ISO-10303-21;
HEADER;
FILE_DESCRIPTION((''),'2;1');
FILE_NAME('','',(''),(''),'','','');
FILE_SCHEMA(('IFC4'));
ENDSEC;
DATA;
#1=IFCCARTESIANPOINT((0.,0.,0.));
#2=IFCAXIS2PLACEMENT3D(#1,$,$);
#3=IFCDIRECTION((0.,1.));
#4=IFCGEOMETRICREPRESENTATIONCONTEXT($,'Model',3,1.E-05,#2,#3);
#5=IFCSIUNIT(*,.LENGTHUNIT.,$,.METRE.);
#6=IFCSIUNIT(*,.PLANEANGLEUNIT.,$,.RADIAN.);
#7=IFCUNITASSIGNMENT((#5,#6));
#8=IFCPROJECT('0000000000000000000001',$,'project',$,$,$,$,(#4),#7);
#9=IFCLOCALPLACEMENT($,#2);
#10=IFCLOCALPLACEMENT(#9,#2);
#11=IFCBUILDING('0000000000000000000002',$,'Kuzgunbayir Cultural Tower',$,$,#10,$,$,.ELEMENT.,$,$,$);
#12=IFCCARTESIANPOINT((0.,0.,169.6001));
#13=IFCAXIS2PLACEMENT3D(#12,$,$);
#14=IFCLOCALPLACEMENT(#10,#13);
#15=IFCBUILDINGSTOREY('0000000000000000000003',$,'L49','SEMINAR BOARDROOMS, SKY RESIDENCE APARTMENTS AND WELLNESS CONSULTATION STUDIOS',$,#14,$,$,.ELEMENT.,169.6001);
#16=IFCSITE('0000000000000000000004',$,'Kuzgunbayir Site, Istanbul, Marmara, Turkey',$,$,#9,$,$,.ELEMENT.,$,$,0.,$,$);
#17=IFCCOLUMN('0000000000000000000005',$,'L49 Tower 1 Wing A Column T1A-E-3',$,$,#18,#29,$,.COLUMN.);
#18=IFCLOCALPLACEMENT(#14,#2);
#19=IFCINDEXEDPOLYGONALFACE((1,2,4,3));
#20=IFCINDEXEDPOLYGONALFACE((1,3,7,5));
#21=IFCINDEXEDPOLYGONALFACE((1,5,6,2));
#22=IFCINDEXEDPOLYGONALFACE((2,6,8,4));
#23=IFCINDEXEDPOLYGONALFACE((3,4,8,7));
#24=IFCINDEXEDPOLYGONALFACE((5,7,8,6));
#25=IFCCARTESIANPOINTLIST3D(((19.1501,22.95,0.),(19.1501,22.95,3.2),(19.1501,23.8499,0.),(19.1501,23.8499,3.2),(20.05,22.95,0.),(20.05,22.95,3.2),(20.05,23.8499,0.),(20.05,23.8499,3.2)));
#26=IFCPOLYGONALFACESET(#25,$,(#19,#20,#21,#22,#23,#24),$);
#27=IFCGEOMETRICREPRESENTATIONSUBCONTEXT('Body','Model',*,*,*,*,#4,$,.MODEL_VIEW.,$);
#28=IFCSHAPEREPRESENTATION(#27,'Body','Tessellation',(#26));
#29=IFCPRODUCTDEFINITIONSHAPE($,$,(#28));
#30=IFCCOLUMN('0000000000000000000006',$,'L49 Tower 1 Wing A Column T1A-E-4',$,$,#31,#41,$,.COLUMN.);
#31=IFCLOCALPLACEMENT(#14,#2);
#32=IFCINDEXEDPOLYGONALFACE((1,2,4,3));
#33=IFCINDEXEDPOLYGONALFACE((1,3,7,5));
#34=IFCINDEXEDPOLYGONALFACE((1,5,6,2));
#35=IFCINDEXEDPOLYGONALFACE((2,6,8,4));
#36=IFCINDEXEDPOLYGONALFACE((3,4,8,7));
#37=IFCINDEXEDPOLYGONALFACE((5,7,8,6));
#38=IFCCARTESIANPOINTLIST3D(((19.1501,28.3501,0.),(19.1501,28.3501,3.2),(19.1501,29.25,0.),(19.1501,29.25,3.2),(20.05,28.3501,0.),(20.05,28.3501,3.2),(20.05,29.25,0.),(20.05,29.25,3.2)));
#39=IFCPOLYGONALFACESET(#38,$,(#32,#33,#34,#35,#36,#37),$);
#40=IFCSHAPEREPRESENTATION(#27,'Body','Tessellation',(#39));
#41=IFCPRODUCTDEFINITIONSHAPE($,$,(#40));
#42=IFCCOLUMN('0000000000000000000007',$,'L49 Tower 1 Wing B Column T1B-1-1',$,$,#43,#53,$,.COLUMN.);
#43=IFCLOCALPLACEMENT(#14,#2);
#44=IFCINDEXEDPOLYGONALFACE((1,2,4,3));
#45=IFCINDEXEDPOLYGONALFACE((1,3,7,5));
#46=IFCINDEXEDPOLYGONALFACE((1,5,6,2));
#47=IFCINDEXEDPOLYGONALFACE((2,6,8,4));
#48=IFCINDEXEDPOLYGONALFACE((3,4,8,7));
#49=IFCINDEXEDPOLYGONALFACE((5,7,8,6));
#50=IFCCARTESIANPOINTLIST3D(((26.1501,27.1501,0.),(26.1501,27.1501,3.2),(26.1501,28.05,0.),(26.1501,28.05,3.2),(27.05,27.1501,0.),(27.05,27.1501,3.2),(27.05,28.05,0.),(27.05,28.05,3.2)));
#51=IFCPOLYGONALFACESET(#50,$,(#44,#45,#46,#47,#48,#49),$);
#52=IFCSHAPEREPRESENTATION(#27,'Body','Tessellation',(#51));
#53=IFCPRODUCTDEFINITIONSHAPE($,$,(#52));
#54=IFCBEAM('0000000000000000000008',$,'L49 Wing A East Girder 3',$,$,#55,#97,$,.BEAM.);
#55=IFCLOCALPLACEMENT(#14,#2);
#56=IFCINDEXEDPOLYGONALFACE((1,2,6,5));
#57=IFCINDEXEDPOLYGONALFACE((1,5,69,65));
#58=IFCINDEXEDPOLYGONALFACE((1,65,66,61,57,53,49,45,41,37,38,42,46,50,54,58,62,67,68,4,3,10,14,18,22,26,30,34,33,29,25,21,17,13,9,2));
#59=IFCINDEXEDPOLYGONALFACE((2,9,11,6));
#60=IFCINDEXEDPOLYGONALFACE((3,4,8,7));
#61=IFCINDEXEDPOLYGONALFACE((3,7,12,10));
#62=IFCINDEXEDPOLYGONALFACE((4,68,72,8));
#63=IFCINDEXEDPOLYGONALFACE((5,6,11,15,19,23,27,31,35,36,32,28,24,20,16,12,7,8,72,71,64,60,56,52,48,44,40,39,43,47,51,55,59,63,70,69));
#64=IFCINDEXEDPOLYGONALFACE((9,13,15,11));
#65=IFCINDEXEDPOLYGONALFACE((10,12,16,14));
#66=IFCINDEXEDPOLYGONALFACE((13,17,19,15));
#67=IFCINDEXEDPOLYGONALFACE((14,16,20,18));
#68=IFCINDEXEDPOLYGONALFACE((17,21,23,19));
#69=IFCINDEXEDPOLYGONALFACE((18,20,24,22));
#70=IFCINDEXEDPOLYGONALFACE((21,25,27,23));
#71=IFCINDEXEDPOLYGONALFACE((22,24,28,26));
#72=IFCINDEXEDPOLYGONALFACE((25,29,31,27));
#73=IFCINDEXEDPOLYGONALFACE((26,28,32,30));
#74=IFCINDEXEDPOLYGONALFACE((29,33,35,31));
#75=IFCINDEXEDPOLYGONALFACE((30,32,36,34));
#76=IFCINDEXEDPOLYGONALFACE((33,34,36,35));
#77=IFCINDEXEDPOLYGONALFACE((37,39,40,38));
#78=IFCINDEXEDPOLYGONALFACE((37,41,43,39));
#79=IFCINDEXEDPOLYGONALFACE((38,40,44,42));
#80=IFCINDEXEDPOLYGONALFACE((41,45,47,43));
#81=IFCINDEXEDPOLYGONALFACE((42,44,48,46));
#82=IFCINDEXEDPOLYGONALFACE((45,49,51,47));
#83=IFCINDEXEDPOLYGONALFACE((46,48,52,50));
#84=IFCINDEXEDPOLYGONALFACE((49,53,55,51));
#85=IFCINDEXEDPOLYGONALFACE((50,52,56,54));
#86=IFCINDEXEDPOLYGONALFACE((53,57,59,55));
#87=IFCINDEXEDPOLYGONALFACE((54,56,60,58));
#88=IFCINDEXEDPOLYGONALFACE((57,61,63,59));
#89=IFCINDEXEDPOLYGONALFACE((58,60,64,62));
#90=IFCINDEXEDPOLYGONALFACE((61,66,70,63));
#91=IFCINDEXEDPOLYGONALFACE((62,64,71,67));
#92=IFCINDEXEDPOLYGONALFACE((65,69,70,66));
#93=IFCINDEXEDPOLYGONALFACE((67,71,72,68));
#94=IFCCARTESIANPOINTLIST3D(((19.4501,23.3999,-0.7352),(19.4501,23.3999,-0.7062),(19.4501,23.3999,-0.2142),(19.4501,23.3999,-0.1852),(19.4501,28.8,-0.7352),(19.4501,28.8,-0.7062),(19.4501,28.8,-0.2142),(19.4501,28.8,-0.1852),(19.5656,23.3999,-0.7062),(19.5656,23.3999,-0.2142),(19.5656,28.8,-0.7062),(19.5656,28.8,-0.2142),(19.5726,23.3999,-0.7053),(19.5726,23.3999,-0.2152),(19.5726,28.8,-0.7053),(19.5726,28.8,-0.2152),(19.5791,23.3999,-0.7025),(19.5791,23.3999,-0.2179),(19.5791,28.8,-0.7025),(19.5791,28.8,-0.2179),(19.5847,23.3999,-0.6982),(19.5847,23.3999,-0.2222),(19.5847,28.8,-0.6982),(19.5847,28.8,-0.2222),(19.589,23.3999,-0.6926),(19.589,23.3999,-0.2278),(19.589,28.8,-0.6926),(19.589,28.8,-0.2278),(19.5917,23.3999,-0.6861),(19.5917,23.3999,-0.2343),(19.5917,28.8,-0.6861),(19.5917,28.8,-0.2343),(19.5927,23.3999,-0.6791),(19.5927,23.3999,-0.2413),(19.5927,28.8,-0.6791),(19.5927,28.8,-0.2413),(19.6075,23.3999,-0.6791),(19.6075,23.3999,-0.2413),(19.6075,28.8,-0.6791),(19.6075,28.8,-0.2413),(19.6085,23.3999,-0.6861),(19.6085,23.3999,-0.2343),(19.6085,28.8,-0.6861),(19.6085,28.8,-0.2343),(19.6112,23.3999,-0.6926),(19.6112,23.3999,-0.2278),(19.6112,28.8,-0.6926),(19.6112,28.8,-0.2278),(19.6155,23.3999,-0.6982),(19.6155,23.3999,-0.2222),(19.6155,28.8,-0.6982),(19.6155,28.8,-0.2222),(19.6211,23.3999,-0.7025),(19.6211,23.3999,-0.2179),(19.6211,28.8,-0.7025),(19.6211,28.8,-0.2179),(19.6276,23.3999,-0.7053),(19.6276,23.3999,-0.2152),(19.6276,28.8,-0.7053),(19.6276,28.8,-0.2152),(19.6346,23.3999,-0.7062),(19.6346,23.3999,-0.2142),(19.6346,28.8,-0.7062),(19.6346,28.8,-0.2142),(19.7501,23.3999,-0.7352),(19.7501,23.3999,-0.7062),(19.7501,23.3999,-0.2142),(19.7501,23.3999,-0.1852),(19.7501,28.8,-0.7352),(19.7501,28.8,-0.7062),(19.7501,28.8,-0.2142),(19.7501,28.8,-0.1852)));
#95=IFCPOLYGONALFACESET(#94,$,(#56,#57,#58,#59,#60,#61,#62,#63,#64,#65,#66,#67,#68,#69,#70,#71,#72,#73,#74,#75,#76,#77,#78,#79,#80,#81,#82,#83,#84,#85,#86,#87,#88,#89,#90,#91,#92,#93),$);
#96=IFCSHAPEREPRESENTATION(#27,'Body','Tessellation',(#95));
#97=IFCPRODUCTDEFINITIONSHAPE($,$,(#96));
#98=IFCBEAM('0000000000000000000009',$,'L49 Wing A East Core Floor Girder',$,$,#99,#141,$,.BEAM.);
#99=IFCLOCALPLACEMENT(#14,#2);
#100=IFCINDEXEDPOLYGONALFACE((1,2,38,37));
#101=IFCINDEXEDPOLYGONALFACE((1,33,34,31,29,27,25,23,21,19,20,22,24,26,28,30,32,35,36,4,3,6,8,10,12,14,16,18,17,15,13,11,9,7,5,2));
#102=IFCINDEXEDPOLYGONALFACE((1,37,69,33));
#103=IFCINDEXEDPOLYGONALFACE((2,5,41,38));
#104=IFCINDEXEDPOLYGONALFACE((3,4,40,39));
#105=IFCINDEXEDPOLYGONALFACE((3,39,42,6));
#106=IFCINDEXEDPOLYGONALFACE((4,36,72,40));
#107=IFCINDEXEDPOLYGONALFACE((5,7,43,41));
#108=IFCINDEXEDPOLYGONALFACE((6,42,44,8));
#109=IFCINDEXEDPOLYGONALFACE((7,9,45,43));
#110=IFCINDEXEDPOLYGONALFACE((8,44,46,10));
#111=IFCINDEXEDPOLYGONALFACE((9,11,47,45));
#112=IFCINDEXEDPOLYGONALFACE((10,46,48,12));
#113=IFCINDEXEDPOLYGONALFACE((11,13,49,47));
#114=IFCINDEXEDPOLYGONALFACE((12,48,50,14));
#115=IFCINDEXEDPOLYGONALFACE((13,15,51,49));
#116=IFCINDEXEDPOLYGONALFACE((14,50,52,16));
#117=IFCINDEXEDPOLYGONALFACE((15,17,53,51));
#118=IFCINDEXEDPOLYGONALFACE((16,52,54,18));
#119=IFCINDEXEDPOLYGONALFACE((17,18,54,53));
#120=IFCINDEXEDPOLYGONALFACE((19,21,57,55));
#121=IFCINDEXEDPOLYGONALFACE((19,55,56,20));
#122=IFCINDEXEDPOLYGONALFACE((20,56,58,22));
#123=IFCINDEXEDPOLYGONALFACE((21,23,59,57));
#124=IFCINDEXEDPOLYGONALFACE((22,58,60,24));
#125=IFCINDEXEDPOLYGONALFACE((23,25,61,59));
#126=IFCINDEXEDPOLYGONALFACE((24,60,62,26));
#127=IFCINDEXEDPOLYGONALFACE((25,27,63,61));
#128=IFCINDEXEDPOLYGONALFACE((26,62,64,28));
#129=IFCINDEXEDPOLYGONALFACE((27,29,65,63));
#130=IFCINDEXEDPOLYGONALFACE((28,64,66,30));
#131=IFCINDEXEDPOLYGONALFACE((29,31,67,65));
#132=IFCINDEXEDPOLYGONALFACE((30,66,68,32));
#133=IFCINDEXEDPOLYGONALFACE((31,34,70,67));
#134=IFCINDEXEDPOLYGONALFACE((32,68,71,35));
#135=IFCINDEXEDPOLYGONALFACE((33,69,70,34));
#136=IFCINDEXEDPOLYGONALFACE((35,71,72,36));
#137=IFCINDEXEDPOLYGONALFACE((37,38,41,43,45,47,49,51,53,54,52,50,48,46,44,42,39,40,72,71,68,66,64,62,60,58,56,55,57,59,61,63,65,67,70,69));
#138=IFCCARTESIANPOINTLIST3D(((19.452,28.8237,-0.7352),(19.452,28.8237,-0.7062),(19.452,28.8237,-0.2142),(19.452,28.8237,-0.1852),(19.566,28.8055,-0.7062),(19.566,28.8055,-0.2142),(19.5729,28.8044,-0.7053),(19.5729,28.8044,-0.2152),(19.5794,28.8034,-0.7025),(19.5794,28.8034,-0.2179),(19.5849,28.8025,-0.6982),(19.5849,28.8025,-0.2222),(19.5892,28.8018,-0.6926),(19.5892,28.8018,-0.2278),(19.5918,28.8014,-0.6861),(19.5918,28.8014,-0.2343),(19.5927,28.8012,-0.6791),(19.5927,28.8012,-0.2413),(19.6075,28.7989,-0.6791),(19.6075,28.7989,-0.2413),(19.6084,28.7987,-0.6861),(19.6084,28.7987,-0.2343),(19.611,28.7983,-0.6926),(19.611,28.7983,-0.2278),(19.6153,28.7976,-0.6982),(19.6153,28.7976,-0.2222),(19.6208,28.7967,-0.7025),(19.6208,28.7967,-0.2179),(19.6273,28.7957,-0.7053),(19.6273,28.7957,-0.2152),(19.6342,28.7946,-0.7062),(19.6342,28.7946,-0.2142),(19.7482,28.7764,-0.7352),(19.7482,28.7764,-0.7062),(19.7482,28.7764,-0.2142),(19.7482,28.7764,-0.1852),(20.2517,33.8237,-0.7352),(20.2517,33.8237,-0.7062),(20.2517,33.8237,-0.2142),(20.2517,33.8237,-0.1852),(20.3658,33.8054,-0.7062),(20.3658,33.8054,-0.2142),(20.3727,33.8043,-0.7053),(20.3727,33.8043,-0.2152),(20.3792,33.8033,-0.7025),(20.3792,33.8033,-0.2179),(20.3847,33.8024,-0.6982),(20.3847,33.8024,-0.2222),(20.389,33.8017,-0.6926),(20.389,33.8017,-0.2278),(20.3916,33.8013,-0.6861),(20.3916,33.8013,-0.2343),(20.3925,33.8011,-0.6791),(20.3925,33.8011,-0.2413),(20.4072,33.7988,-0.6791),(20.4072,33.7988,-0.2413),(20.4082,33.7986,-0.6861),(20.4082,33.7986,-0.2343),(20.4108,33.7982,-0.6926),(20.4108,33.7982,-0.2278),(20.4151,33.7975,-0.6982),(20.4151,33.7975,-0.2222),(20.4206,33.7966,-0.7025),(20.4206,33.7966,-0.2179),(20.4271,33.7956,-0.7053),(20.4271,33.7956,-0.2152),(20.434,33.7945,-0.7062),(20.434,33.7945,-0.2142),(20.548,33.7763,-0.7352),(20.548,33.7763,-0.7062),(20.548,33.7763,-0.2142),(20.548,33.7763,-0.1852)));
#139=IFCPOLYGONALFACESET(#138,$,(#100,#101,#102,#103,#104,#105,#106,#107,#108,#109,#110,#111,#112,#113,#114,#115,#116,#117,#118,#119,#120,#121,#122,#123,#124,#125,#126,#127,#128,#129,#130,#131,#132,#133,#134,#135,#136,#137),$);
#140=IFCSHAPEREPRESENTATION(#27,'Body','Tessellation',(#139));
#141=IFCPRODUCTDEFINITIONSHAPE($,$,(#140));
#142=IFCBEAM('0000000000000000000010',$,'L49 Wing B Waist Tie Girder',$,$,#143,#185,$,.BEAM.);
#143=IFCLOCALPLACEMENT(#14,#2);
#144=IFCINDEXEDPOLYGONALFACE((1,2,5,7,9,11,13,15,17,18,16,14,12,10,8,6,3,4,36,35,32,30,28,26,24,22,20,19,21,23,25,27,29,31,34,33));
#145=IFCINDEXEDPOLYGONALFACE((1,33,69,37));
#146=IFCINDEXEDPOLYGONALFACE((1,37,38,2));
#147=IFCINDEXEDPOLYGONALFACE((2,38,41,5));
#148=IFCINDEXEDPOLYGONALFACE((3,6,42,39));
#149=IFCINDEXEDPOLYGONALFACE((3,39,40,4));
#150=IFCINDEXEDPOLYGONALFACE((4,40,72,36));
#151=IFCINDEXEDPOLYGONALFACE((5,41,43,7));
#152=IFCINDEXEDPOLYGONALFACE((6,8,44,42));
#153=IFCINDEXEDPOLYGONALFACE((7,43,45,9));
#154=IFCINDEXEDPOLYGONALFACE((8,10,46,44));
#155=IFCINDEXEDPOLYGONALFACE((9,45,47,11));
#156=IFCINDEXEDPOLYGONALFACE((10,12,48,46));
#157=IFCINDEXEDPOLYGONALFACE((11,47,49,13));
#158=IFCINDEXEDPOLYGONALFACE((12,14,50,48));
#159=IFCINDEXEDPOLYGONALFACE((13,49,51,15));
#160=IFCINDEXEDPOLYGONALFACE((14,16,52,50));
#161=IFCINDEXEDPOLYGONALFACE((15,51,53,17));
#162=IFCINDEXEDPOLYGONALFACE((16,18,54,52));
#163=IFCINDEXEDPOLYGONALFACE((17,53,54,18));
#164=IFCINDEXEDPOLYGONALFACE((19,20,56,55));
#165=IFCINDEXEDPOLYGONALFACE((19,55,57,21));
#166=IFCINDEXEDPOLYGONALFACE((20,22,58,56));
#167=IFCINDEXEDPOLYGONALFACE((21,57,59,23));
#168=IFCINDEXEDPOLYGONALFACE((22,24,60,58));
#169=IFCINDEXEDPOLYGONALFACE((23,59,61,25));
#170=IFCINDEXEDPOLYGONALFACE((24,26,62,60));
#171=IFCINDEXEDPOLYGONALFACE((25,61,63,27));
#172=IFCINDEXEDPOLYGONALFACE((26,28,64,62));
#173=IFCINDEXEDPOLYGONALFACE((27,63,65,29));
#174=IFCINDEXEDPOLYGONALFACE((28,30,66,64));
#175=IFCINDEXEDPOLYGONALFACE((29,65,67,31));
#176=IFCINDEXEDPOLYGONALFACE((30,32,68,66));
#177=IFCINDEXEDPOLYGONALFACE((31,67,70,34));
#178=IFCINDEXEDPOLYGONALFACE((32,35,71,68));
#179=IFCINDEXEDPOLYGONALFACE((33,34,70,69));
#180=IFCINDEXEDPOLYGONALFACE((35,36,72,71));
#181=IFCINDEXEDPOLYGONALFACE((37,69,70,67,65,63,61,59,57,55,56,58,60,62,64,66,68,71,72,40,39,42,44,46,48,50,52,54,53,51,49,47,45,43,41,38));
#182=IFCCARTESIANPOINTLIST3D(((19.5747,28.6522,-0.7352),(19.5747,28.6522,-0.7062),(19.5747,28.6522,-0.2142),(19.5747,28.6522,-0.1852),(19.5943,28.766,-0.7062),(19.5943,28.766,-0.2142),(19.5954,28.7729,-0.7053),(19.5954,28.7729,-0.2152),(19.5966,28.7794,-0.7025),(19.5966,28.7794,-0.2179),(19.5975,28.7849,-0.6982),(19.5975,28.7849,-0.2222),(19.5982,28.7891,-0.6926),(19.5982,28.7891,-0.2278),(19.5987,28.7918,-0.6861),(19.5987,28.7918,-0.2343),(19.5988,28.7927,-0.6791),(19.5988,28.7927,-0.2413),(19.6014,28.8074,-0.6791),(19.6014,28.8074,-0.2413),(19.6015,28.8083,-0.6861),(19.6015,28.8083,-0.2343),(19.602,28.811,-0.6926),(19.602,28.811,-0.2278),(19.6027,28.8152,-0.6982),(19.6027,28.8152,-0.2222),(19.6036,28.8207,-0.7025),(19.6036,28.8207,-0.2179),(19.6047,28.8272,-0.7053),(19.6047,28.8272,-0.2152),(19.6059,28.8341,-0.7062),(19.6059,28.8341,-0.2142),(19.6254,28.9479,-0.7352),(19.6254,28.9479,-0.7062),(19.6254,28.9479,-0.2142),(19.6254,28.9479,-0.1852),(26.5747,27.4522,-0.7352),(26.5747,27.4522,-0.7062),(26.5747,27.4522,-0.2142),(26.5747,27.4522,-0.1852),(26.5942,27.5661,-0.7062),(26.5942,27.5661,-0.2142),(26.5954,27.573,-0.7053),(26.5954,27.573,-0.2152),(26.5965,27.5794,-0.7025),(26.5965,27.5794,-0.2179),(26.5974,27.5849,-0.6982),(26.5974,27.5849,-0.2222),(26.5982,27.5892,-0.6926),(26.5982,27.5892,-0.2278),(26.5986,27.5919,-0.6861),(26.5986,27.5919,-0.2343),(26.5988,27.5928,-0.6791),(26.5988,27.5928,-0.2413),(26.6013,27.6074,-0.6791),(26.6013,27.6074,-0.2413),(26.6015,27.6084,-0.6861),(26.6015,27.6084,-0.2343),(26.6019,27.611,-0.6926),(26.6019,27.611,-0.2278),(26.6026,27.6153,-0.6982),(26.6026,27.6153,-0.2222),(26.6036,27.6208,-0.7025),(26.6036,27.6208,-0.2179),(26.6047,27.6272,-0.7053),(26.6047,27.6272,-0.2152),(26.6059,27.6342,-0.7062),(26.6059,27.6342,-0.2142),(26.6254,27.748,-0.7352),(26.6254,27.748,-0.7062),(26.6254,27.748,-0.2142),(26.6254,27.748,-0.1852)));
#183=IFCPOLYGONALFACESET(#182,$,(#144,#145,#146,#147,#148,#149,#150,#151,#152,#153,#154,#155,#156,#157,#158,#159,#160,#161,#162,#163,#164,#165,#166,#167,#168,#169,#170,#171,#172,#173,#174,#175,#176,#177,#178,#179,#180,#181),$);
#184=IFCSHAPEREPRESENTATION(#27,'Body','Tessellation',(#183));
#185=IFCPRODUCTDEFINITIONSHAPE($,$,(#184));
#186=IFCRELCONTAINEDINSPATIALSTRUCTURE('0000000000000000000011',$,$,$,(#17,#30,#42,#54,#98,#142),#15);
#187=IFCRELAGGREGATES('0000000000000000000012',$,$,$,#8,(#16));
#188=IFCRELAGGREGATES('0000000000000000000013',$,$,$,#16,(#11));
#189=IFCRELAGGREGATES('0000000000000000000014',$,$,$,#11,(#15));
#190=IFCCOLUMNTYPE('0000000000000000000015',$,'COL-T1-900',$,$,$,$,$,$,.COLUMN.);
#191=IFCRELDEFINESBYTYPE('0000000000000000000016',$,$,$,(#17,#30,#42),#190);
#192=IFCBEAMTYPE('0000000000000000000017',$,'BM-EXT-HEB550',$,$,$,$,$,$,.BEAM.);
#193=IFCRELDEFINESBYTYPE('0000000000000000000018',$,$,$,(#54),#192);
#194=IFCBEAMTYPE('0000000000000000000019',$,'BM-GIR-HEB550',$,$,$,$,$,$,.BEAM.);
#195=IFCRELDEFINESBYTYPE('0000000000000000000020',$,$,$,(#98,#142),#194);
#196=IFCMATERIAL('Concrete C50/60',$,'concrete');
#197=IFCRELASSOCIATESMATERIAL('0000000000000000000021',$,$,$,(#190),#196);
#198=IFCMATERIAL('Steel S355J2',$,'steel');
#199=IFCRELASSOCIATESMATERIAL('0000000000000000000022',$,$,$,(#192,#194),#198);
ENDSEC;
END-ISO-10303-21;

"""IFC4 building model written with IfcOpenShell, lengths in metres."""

from ifc_helpers import new_model, si_unit, direction, frame, origin, origin_2d, place, context, subcontext, project, spatial, rectangle, i_section, extrude, material, material_profile, profile_set, type_object, element, save


model = new_model("IFC4")

# Units and contexts
model_context = context("Model", 3, precision=1e-05, world=origin(), true_north=direction((0.0, 1.0)))
body_context = subcontext(model_context, "Body", "Model", "MODEL_VIEW")
ifc_project = project(units=[si_unit("LENGTHUNIT", "METRE"), si_unit("PLANEANGLEUNIT", "RADIAN")], contexts=[model_context])

# Site, building, storey
site_placement = place(None, origin())
site = spatial("IfcSite", under=ifc_project, at=site_placement, Name="Kuzgunbayir Site, Istanbul, Marmara, Turkey", CompositionType="ELEMENT", RefElevation=0.0)
building_placement = place(site_placement, origin())
building = spatial("IfcBuilding", under=site, at=building_placement, Name="Kuzgunbayir Cultural Tower", CompositionType="ELEMENT")
storey_placement = place(building_placement, frame((0.0, 0.0, 169.6001)))
storey = spatial("IfcBuildingStorey", under=building, at=storey_placement, Name="L49", Description="SEMINAR BOARDROOMS, SKY RESIDENCE APARTMENTS AND WELLNESS CONSULTATION STUDIOS", CompositionType="ELEMENT", Elevation=169.6001)

# Columns
ifc_material_1 = material(Name="Concrete C50/60", Category="concrete")
ifc_material_profile_1 = material_profile(ifc_material_1, rectangle(XDim=0.8999, YDim=0.8999, at=origin_2d()), Name="RC 900x900")
ifc_profile_set_1 = profile_set([ifc_material_profile_1], Name="Concrete C50/60")
column_type = type_object("IfcColumnType", Name="COL-T1-900", PredefinedType="COLUMN", material=ifc_profile_set_1)
for number, where, z_axis, x_axis, name in (
    (1, (19.6001, 23.3999, 0.0), (0.0, 0.0, 1.0), (1.0, 0.0, 0.0), "L49 Tower 1 Wing A Column T1A-E-3"),
    (2, (19.6001, 28.8, 0.0), (0.0, 0.0, 1.0), (1.0, 0.0, 0.0), "L49 Tower 1 Wing A Column T1A-E-4"),
    (3, (26.6001, 27.6001, 0.0), (0.0, 0.0, 1.0), (1.0, 0.0, 0.0), "L49 Tower 1 Wing B Column T1B-1-1"),
):
    element("IfcColumn", number, at=place(storey_placement, frame(where, z_axis=z_axis, x_axis=x_axis)), inside=storey, type_object=column_type, Name=name, PredefinedType="COLUMN", context=body_context, shape_type="SweptSolid", body=[
        extrude(rectangle(XDim=0.8999, YDim=0.8999, at=origin_2d()), origin(), (0.0, 0.0, 1.0), 3.2),
    ])

# Beams
ifc_material_2 = material(Name="Steel S355J2", Category="steel")
ifc_material_profile_2 = material_profile(ifc_material_2, i_section(OverallWidth=0.3, OverallDepth=0.55, WebThickness=0.0149, FlangeThickness=0.0291, FilletRadius=0.0271, at=origin_2d()), Name="HEB 550")
ifc_profile_set_2 = profile_set([ifc_material_profile_2], Name="Steel S355J2")
beam_type_1 = type_object("IfcBeamType", Name="BM-EXT-HEB550", PredefinedType="BEAM", material=ifc_profile_set_2)
beam_1_placement = place(storey_placement, frame((19.6001, 23.3999, -0.4602), z_axis=(0.0, 1.0, 0.0), x_axis=(-1.0, 0.0, 0.0)))
element("IfcBeam", 4, at=beam_1_placement, inside=storey, type_object=beam_type_1, Name="L49 Wing A East Girder 3", PredefinedType="BEAM", context=body_context, shape_type="SweptSolid", body=[
    extrude(i_section(OverallWidth=0.3, OverallDepth=0.55, WebThickness=0.0149, FlangeThickness=0.0291, FilletRadius=0.0271, at=origin_2d()), origin(), (0.0, 0.0, 1.0), 5.4001),
])
ifc_material_profile_3 = material_profile(ifc_material_2, i_section(OverallWidth=0.3, OverallDepth=0.55, WebThickness=0.0149, FlangeThickness=0.0291, FilletRadius=0.0271, at=origin_2d()), Name="HEB 550")
ifc_profile_set_3 = profile_set([ifc_material_profile_3], Name="Steel S355J2")
beam_type_2 = type_object("IfcBeamType", Name="BM-GIR-HEB550", PredefinedType="BEAM", material=ifc_profile_set_3)
beam_2_placement = place(storey_placement, frame((19.6001, 28.8, -0.4602), z_axis=(0.157953, 0.987447, 0.0), x_axis=(-0.987447, 0.157953, 0.0)))
element("IfcBeam", 5, at=beam_2_placement, inside=storey, type_object=beam_type_2, Name="L49 Wing A East Core Floor Girder", PredefinedType="BEAM", context=body_context, shape_type="SweptSolid", body=[
    extrude(i_section(OverallWidth=0.3, OverallDepth=0.55, WebThickness=0.0149, FlangeThickness=0.0291, FilletRadius=0.0271, at=origin_2d()), origin(), (0.0, 0.0, 1.0), 5.0635),
])
beam_3_placement = place(storey_placement, frame((19.6001, 28.8, -0.4602), z_axis=(0.985623, -0.168957, 0.0), x_axis=(0.168957, 0.985623, 0.0)))
element("IfcBeam", 6, at=beam_3_placement, inside=storey, type_object=beam_type_2, Name="L49 Wing B Waist Tie Girder", PredefinedType="BEAM", context=body_context, shape_type="SweptSolid", body=[
    extrude(i_section(OverallWidth=0.3, OverallDepth=0.55, WebThickness=0.0149, FlangeThickness=0.0291, FilletRadius=0.0271, at=origin_2d()), origin(), (0.0, 0.0, 1.0), 7.1021),
])

save(model, "model.ifc")
